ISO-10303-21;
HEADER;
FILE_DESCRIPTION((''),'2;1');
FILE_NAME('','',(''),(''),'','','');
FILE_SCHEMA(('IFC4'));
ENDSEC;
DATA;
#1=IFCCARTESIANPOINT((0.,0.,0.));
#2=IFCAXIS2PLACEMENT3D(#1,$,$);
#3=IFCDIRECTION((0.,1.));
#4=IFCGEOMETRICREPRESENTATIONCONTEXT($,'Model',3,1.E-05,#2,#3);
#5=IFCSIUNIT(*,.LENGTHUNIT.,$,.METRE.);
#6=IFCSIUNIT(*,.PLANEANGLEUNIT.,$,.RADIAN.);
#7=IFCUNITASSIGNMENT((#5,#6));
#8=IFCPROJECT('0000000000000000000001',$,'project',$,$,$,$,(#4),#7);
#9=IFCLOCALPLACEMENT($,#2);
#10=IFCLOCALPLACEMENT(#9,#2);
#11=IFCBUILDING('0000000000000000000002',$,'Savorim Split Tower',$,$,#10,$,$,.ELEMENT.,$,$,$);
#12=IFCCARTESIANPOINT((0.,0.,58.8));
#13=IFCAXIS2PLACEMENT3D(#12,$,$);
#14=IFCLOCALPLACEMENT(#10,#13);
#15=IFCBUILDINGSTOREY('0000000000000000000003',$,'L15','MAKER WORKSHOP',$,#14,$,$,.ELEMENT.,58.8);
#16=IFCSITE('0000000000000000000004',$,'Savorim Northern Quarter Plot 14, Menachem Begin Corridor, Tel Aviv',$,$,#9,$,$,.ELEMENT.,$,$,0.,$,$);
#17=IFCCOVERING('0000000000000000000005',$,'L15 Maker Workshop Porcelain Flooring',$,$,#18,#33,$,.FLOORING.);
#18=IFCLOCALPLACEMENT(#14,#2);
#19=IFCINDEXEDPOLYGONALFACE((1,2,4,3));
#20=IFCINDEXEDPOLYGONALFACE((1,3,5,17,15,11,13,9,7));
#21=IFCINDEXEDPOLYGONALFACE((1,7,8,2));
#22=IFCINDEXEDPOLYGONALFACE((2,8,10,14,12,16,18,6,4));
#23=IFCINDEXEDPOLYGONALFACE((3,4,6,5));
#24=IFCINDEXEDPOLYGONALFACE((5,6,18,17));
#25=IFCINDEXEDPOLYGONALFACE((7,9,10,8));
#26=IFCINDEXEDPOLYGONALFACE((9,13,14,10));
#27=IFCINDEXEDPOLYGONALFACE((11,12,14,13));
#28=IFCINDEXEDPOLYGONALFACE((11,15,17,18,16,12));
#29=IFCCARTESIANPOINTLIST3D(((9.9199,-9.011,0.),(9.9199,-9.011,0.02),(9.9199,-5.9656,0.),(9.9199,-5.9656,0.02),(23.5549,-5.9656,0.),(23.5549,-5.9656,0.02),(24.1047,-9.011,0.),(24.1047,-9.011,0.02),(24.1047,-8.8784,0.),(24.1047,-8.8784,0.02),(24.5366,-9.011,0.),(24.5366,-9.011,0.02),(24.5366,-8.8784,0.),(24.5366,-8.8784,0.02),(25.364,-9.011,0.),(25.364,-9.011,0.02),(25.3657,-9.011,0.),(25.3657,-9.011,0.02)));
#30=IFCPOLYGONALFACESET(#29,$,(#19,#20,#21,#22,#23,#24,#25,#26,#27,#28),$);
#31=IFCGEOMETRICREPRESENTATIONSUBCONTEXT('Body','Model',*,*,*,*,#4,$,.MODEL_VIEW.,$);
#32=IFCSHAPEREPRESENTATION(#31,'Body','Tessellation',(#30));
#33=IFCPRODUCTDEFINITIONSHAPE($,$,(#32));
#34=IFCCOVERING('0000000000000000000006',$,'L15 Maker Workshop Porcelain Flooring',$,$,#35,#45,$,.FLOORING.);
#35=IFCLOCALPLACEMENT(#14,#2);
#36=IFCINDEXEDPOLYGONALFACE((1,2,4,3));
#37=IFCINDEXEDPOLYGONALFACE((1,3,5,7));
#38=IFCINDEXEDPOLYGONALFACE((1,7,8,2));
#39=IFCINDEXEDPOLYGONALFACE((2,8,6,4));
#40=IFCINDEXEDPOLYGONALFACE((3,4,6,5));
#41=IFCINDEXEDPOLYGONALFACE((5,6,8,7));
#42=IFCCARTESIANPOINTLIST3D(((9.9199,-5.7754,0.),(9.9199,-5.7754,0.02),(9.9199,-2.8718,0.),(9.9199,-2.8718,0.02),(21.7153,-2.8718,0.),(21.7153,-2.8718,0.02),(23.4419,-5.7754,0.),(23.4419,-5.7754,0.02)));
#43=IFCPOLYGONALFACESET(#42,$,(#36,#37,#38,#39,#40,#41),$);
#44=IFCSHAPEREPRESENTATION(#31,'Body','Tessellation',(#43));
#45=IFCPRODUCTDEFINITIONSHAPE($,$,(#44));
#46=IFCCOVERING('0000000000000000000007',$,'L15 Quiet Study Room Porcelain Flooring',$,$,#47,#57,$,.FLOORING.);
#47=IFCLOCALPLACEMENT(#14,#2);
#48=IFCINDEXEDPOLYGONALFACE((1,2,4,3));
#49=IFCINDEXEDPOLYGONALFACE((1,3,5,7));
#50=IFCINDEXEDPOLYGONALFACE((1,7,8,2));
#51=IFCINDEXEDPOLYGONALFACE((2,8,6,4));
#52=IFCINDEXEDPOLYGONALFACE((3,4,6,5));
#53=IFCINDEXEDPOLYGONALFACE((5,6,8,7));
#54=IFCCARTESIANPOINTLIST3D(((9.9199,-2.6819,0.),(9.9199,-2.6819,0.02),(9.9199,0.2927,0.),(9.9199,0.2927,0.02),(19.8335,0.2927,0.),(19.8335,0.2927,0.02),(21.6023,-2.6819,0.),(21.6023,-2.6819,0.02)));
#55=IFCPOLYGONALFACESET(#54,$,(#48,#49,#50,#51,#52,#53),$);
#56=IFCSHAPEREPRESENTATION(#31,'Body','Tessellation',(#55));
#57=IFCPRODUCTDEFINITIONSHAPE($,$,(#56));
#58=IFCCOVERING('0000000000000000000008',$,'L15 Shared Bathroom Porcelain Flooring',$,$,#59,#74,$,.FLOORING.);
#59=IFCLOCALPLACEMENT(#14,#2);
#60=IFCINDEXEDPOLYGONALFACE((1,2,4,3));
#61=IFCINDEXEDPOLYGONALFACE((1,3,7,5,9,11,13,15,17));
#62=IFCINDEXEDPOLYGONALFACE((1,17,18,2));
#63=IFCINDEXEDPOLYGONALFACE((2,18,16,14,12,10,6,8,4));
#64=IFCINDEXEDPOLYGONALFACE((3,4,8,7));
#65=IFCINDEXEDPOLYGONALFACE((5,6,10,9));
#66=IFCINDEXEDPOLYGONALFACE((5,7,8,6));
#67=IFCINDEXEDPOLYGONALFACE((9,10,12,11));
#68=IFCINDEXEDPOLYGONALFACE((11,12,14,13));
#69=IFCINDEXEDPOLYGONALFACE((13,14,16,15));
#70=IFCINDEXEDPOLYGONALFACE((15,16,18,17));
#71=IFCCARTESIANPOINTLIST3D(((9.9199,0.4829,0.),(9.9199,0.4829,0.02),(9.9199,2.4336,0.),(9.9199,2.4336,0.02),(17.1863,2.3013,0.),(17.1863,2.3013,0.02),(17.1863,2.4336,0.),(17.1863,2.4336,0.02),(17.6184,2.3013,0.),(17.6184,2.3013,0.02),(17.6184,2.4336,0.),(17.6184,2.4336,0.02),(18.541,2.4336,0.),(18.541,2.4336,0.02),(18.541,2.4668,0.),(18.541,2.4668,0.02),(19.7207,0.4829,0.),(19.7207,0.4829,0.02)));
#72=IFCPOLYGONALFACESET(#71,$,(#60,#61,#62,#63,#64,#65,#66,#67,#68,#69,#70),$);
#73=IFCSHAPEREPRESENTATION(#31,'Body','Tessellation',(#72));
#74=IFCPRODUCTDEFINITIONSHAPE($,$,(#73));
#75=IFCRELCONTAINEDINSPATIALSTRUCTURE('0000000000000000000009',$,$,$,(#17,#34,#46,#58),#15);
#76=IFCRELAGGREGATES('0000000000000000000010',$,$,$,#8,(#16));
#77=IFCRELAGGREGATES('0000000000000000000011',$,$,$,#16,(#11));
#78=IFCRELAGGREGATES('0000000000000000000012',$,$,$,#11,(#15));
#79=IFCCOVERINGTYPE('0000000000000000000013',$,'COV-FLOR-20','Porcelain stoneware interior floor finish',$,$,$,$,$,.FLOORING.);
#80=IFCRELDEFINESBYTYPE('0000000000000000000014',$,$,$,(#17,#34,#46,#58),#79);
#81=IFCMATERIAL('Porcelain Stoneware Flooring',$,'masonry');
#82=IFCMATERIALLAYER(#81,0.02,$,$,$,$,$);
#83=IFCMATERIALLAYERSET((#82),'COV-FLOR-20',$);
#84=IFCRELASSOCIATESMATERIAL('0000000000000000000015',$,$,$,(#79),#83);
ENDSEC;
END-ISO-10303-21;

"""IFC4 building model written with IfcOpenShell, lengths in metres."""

from ifc_helpers import new_model, si_unit, direction, frame, origin, place, context, subcontext, project, spatial, polyline, outline, extrude, material, layer, layer_set, type_object, element, save


model = new_model("IFC4")

# Units and contexts
model_context = context("Model", 3, precision=1e-05, world=origin(), true_north=direction((0.0, 1.0)))
body_context = subcontext(model_context, "Body", "Model", "MODEL_VIEW")
ifc_project = project(units=[si_unit("LENGTHUNIT", "METRE"), si_unit("PLANEANGLEUNIT", "RADIAN")], contexts=[model_context])

# Site, building, storey
site_placement = place(None, origin())
site = spatial("IfcSite", under=ifc_project, at=site_placement, Name="Savorim Northern Quarter Plot 14, Menachem Begin Corridor, Tel Aviv", CompositionType="ELEMENT", RefElevation=0.0)
building_placement = place(site_placement, origin())
building = spatial("IfcBuilding", under=site, at=building_placement, Name="Savorim Split Tower", CompositionType="ELEMENT")
storey_placement = place(building_placement, frame((0.0, 0.0, 58.8)))
storey = spatial("IfcBuildingStorey", under=building, at=storey_placement, Name="L15", Description="MAKER WORKSHOP", CompositionType="ELEMENT", Elevation=58.8)

# Coverings
ifc_material_1 = material(Name="Porcelain Stoneware Flooring", Category="masonry")
ifc_layer_1 = layer(ifc_material_1, 0.02)
ifc_layer_set_1 = layer_set([ifc_layer_1], Name="COV-FLOR-20")
covering_type_1 = type_object("IfcCoveringType", Name="COV-FLOR-20", Description="Porcelain stoneware interior floor finish", PredefinedType="FLOORING", material=ifc_layer_set_1)
covering_1_placement = place(storey_placement, origin())
element("IfcCovering", 1, at=covering_1_placement, inside=storey, type_object=covering_type_1, Name="L15 Maker Workshop Porcelain Flooring", PredefinedType="FLOORING", context=body_context, shape_type="SweptSolid", body=[
    extrude(outline(polyline([(24.5366, -8.8784), (24.5366, -9.011), (25.364, -9.011), (25.3657, -9.011), (23.5549, -5.9656), (9.9199, -5.9656), (9.9199, -9.011), (24.1047, -9.011), (24.1047, -8.8784), (24.5366, -8.8784)])), origin(), (0.0, 0.0, 1.0), 0.02),
])
covering_2_placement = place(storey_placement, origin())
element("IfcCovering", 2, at=covering_2_placement, inside=storey, type_object=covering_type_1, Name="L15 Maker Workshop Porcelain Flooring", PredefinedType="FLOORING", context=body_context, shape_type="SweptSolid", body=[
    extrude(outline(polyline([(23.4419, -5.7754), (21.7153, -2.8718), (9.9199, -2.8718), (9.9199, -5.7754), (23.4419, -5.7754)])), origin(), (0.0, 0.0, 1.0), 0.02),
])
covering_3_placement = place(storey_placement, origin())
element("IfcCovering", 3, at=covering_3_placement, inside=storey, type_object=covering_type_1, Name="L15 Quiet Study Room Porcelain Flooring", PredefinedType="FLOORING", context=body_context, shape_type="SweptSolid", body=[
    extrude(outline(polyline([(21.6023, -2.6819), (19.8335, 0.2927), (9.9199, 0.2927), (9.9199, -2.6819), (21.6023, -2.6819)])), origin(), (0.0, 0.0, 1.0), 0.02),
])
covering_4_placement = place(storey_placement, origin())
element("IfcCovering", 4, at=covering_4_placement, inside=storey, type_object=covering_type_1, Name="L15 Shared Bathroom Porcelain Flooring", PredefinedType="FLOORING", context=body_context, shape_type="SweptSolid", body=[
    extrude(outline(polyline([(17.1863, 2.3013), (17.1863, 2.4336), (9.9199, 2.4336), (9.9199, 0.4829), (19.7207, 0.4829), (18.541, 2.4668), (18.541, 2.4336), (17.6184, 2.4336), (17.6184, 2.3013), (17.1863, 2.3013)])), origin(), (0.0, 0.0, 1.0), 0.02),
])

save(model, "model.ifc")
